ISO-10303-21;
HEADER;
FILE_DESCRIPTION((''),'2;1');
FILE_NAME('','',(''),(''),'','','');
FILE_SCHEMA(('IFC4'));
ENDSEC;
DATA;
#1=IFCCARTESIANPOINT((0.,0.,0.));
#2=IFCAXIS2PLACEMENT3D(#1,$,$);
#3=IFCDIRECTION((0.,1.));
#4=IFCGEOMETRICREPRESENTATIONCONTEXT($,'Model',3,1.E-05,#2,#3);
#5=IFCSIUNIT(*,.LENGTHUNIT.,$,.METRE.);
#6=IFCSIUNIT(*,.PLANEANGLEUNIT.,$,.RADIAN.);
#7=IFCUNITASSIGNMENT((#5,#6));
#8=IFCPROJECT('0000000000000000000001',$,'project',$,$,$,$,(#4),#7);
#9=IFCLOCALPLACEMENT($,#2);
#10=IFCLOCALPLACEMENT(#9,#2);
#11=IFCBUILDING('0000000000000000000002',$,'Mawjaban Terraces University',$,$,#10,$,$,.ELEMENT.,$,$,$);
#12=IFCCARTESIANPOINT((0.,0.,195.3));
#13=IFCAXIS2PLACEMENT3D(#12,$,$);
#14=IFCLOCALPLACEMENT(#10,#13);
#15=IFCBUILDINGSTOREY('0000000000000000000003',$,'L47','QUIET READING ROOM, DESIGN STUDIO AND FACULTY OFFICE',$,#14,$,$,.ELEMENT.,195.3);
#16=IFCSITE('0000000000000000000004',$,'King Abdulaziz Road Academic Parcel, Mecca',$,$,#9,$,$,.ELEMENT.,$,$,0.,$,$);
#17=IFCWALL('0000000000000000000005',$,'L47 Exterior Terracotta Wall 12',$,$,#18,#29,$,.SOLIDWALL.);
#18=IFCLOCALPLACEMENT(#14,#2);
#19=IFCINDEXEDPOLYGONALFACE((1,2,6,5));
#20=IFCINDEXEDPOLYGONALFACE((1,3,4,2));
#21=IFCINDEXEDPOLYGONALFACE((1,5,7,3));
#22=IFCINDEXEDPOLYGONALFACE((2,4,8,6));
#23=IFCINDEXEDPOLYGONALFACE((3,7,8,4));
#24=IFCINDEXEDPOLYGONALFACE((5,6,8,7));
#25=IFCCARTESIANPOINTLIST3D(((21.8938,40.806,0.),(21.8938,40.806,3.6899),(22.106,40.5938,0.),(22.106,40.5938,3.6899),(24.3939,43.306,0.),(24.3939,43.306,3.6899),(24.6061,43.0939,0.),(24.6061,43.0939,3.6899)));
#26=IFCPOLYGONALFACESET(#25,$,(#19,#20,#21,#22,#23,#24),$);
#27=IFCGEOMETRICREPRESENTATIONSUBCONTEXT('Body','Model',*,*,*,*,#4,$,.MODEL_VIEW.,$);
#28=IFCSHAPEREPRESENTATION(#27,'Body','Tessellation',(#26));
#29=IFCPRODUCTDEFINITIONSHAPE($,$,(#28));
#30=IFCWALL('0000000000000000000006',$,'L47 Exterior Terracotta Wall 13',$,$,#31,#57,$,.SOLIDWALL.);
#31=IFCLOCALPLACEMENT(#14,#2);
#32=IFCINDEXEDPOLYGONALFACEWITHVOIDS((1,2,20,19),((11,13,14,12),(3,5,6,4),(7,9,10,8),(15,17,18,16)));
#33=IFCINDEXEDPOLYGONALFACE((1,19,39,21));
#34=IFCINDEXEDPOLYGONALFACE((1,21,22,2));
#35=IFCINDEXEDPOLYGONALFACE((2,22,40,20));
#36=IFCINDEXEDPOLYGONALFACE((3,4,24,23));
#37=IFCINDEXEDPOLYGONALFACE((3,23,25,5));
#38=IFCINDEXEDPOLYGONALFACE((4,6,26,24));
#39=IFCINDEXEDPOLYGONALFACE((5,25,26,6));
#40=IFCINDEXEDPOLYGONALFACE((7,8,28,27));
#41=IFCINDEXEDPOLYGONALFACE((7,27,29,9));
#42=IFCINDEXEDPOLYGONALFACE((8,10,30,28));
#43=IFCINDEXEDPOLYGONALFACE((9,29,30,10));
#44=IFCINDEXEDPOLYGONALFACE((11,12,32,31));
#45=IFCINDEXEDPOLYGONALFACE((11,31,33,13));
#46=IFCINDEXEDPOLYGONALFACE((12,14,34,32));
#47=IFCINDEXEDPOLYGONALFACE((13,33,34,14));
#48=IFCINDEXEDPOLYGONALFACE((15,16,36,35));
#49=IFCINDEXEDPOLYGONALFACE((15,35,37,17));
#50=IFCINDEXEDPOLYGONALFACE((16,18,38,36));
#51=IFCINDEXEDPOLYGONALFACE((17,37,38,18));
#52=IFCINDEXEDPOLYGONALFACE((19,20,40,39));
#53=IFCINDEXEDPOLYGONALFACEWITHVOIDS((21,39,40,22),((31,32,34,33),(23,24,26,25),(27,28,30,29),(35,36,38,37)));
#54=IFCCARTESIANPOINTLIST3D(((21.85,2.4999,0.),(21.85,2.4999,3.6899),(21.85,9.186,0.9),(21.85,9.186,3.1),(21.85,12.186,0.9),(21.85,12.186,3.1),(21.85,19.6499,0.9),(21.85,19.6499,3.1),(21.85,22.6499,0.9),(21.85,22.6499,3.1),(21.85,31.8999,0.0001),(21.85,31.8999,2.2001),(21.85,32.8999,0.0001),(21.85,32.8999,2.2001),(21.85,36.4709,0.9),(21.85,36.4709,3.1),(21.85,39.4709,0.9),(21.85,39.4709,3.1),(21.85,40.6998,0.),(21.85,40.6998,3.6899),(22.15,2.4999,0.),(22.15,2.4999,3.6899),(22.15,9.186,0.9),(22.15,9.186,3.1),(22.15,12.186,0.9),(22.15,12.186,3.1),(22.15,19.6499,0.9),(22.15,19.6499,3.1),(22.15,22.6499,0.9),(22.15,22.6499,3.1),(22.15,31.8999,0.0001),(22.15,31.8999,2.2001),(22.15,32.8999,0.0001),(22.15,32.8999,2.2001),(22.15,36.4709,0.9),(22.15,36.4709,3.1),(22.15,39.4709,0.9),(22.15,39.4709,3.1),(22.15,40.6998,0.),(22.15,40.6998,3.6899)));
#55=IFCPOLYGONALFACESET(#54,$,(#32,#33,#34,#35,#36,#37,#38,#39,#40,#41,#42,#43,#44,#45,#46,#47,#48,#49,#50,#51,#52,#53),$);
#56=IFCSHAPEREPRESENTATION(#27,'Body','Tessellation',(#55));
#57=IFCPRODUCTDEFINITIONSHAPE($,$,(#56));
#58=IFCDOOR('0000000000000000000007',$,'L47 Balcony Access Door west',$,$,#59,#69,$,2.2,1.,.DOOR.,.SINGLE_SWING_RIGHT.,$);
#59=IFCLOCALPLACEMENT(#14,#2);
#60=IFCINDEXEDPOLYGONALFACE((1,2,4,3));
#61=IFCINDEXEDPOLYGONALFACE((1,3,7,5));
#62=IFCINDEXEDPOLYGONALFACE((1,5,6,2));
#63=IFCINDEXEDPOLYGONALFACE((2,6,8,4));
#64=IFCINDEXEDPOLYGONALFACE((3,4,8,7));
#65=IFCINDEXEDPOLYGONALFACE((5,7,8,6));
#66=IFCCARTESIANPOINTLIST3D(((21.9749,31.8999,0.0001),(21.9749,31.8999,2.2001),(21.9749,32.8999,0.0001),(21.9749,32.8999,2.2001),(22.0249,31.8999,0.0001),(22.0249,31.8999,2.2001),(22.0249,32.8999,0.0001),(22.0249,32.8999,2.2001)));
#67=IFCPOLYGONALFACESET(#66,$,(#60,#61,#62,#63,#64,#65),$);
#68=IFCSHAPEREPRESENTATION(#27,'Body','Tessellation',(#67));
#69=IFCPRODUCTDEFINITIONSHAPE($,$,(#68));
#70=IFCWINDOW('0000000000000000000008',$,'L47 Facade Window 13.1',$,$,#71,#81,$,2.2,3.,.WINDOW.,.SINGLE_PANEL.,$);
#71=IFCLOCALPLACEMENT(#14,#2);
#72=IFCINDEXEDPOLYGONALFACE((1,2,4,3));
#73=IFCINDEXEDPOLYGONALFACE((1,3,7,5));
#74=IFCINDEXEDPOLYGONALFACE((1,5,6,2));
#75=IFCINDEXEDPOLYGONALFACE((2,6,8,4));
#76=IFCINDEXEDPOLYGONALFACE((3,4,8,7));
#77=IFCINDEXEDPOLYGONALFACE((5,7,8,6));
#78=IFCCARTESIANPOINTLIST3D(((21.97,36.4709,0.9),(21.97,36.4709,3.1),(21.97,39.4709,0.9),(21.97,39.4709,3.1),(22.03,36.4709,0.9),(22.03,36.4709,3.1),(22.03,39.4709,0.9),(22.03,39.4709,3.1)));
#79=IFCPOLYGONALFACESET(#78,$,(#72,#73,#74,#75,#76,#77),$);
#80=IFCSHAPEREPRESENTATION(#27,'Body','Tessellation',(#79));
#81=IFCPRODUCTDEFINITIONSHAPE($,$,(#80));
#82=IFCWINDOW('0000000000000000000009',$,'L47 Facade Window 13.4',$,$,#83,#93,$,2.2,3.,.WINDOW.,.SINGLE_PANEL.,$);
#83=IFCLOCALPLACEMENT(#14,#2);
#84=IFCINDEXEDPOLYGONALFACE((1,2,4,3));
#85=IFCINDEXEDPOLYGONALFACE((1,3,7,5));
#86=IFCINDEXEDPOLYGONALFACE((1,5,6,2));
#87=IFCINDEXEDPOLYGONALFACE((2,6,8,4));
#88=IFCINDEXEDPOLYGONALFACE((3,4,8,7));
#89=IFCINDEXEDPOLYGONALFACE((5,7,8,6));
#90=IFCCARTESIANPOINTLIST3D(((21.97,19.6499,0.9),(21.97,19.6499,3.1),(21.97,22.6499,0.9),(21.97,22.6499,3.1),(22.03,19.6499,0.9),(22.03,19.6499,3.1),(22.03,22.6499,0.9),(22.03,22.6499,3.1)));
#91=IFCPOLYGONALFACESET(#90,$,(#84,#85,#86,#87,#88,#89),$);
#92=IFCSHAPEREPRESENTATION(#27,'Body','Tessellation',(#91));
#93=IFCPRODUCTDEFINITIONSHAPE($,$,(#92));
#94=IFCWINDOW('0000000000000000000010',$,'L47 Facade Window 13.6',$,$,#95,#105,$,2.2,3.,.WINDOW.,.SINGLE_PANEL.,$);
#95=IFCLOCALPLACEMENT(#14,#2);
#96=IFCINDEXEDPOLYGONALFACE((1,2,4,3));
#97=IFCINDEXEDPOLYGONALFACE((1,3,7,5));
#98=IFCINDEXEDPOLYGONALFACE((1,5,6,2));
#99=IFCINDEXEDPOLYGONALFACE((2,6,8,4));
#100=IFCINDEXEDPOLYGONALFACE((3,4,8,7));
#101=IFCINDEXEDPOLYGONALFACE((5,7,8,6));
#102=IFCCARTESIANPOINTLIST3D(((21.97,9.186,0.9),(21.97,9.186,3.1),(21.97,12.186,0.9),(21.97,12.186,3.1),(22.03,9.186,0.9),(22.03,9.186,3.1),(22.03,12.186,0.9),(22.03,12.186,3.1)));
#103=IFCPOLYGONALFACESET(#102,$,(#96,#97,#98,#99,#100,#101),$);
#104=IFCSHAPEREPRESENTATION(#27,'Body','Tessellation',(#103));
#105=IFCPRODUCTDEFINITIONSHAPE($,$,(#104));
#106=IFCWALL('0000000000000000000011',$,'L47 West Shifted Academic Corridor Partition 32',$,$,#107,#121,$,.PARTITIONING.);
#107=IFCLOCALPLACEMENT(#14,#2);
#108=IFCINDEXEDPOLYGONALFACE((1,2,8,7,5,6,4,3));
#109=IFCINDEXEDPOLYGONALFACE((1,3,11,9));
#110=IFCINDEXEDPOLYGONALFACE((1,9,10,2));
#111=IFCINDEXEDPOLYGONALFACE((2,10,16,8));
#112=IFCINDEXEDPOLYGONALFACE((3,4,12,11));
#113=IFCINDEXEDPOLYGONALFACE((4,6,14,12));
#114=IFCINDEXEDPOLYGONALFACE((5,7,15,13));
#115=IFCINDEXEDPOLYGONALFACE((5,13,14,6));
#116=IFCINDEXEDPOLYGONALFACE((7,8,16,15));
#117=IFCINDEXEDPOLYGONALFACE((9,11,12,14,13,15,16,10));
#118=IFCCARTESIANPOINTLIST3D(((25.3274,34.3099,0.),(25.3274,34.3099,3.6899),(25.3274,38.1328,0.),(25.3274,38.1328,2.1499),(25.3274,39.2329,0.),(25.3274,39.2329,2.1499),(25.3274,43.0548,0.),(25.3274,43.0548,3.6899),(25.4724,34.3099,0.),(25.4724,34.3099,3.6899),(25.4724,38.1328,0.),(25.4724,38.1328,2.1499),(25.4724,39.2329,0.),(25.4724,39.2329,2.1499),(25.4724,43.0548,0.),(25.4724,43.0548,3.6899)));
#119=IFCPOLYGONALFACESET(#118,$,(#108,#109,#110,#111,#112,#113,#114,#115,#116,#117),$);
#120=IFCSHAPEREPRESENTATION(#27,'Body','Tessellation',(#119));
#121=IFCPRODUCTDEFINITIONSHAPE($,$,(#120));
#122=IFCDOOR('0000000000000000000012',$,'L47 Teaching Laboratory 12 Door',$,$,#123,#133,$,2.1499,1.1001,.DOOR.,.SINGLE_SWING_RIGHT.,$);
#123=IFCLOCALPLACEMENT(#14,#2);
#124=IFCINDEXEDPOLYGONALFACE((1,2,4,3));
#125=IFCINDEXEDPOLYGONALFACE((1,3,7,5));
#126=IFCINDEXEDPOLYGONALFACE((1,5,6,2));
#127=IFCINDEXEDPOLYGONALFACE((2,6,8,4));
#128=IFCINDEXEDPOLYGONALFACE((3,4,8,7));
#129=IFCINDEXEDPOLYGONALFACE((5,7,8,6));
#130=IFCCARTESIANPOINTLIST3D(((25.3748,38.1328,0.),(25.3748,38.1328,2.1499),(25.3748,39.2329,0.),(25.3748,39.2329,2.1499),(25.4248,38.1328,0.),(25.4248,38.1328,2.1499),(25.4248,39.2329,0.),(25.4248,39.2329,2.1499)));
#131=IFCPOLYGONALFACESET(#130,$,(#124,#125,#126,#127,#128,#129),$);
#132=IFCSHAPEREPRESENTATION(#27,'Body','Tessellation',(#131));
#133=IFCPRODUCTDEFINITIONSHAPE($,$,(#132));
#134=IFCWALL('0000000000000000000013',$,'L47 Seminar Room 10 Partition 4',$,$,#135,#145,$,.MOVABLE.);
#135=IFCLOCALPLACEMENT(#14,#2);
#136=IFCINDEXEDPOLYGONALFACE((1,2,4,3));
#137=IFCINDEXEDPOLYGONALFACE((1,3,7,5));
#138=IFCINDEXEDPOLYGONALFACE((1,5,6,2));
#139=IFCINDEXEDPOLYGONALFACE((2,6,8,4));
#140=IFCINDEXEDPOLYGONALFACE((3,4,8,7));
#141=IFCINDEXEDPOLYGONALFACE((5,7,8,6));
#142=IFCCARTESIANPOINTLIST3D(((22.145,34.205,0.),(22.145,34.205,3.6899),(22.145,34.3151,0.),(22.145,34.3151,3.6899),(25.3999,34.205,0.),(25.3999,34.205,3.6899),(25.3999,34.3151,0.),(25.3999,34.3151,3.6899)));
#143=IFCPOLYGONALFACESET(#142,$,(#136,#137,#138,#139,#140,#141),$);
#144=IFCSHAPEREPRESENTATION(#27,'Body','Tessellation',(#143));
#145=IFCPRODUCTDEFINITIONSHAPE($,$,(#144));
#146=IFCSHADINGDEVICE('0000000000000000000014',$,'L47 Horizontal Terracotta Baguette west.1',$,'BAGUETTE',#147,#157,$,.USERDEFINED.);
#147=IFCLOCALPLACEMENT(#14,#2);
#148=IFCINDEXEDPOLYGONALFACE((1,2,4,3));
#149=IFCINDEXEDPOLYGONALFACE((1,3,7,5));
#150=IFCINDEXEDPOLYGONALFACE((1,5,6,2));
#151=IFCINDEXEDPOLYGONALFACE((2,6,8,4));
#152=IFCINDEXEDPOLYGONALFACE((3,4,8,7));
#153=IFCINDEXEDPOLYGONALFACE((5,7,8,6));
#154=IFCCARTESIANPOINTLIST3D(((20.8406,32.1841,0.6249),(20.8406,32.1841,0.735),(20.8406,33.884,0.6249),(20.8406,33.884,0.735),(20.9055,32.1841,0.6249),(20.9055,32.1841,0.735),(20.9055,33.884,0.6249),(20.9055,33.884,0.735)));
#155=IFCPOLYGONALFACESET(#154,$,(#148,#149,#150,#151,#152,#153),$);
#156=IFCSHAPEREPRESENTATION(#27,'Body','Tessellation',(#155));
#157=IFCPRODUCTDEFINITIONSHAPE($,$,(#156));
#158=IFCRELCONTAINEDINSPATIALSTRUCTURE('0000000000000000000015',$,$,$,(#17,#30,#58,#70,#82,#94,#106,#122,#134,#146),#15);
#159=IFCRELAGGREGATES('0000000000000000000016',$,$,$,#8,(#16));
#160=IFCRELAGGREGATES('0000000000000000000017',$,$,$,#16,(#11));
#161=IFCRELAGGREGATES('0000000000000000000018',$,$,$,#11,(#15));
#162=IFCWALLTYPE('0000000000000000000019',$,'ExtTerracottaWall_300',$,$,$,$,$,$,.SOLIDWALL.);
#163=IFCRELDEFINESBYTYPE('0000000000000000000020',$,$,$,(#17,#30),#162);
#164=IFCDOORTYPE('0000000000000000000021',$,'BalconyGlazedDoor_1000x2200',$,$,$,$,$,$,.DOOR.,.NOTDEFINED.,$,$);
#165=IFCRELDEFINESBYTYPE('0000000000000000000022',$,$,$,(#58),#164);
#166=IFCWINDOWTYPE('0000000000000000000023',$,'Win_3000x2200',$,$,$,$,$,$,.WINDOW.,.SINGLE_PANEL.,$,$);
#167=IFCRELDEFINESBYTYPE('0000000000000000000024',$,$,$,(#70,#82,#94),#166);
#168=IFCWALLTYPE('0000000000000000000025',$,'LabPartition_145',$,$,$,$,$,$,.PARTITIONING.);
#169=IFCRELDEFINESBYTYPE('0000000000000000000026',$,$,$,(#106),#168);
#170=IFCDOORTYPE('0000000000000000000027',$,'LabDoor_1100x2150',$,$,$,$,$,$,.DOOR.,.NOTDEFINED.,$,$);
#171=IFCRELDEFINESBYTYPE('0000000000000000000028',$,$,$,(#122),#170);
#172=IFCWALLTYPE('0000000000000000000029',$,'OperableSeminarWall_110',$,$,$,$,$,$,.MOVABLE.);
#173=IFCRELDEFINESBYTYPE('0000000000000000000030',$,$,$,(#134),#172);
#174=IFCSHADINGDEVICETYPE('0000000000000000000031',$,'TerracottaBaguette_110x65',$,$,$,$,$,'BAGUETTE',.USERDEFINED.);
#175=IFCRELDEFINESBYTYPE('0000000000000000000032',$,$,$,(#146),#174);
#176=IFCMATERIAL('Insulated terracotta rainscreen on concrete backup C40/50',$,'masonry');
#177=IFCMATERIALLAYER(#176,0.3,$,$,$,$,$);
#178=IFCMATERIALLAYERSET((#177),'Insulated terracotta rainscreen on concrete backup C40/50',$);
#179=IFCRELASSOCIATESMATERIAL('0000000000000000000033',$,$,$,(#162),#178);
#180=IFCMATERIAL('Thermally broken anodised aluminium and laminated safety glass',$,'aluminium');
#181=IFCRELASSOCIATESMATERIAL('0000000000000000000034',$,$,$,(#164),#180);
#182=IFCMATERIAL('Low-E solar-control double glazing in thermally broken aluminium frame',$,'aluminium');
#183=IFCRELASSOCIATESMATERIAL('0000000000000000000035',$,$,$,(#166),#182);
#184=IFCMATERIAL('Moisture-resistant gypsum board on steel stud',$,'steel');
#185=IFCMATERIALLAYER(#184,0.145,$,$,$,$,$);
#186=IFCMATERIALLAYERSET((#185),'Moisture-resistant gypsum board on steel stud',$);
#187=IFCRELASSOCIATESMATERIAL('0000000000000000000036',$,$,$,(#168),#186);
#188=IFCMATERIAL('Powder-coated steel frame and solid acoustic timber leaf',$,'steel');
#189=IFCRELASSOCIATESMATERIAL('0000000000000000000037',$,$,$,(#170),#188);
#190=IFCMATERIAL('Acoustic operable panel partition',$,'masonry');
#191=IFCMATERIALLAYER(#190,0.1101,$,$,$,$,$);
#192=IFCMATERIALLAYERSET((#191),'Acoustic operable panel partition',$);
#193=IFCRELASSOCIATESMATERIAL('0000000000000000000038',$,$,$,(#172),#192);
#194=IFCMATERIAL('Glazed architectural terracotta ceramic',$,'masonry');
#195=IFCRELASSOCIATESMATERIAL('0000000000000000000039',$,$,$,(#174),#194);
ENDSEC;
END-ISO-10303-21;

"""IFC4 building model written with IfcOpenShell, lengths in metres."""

from ifc_helpers import new_model, si_unit, direction, frame, frame_2d, origin, origin_2d, place, context, subcontext, project, spatial, rectangle, extrude, material, layer, layer_set, material_profile, profile_set, type_object, element, fill, save


model = new_model("IFC4")

# Units and contexts
model_context = context("Model", 3, precision=1e-05, world=origin(), true_north=direction((0.0, 1.0)))
body_context = subcontext(model_context, "Body", "Model", "MODEL_VIEW")
ifc_project = project(units=[si_unit("LENGTHUNIT", "METRE"), si_unit("PLANEANGLEUNIT", "RADIAN")], contexts=[model_context])

# Site, building, storey
site_placement = place(None, origin())
site = spatial("IfcSite", under=ifc_project, at=site_placement, Name="King Abdulaziz Road Academic Parcel, Mecca", CompositionType="ELEMENT", RefElevation=0.0)
building_placement = place(site_placement, origin())
building = spatial("IfcBuilding", under=site, at=building_placement, Name="Mawjaban Terraces University", CompositionType="ELEMENT")
storey_placement = place(building_placement, frame((0.0, 0.0, 195.3)))
storey = spatial("IfcBuildingStorey", under=building, at=storey_placement, Name="L47", Description="QUIET READING ROOM, DESIGN STUDIO AND FACULTY OFFICE", CompositionType="ELEMENT", Elevation=195.3)

# Shared definitions
ifc_material_1 = material(Name="Powder-coated steel frame and solid acoustic timber leaf", Category="steel")

# Wall
ifc_material_2 = material(Name="Insulated terracotta rainscreen on concrete backup C40/50", Category="masonry")
ifc_layer_1 = layer(ifc_material_2, 0.3)
ifc_layer_set_1 = layer_set([ifc_layer_1], Name="Insulated terracotta rainscreen on concrete backup C40/50")
wall_type_1 = type_object("IfcWallType", Name="ExtTerracottaWall_300", PredefinedType="SOLIDWALL", material=ifc_layer_set_1)
wall_1_placement = place(storey_placement, frame((24.5, 43.2, 0.0), z_axis=(0.0, 0.0, 1.0), x_axis=(-0.707107, -0.707107, 0.0)))
element("IfcWall", 1, at=wall_1_placement, inside=storey, type_object=wall_type_1, Name="L47 Exterior Terracotta Wall 12", PredefinedType="SOLIDWALL", context=body_context, shape_type="SweptSolid", body=[
    extrude(rectangle(XDim=3.5356, YDim=0.3, at=frame_2d((1.7678, 0.0))), origin(), (0.0, 0.0, 1.0), 3.6899),
])

# Wall, openings, door, windows
wall_2_placement = place(storey_placement, frame((22.0, 40.7, 0.0), z_axis=(0.0, 0.0, 1.0), x_axis=(0.0, -1.0, 0.0)))
wall_2 = element("IfcWall", 2, at=wall_2_placement, inside=storey, type_object=wall_type_1, Name="L47 Exterior Terracotta Wall 13", PredefinedType="SOLIDWALL", context=body_context, shape_type="SweptSolid", body=[
    extrude(rectangle(XDim=38.2, YDim=0.3, at=frame_2d((19.1001, 0.0))), origin(), (0.0, 0.0, 1.0), 3.6899),
])
opening_1_placement = place(wall_2_placement, frame((7.8, 0.0, 0.0)))
opening_1 = element("IfcOpeningElement", 3, at=opening_1_placement, cuts=wall_2, PredefinedType="OPENING", context=body_context, shape_type="SweptSolid", body=[
    extrude(rectangle(XDim=1.0, YDim=2.2, at=frame_2d((0.5, 1.1001))), frame((0.0, 0.1599, 0.0), z_axis=(0.0, -1.0, 0.0), x_axis=(1.0, 0.0, 0.0)), (0.0, 0.0, 1.0), 0.3201),
])
opening_2_placement = place(wall_2_placement, frame((1.229, 0.0, 0.8999)))
opening_2 = element("IfcOpeningElement", 4, at=opening_2_placement, cuts=wall_2, PredefinedType="OPENING", context=body_context, shape_type="SweptSolid", body=[
    extrude(rectangle(XDim=3.0, YDim=2.2, at=frame_2d((1.5, 1.1001))), frame((0.0, 0.1599, 0.0), z_axis=(0.0, -1.0, 0.0), x_axis=(1.0, 0.0, 0.0)), (0.0, 0.0, 1.0), 0.3201),
])
opening_3_placement = place(wall_2_placement, frame((18.05, 0.0, 0.8999)))
opening_3 = element("IfcOpeningElement", 5, at=opening_3_placement, cuts=wall_2, PredefinedType="OPENING", context=body_context, shape_type="SweptSolid", body=[
    extrude(rectangle(XDim=3.0, YDim=2.2, at=frame_2d((1.5, 1.1001))), frame((0.0, 0.1599, 0.0), z_axis=(0.0, -1.0, 0.0), x_axis=(1.0, 0.0, 0.0)), (0.0, 0.0, 1.0), 0.3201),
])
opening_4_placement = place(wall_2_placement, frame((28.5139, 0.0, 0.8999)))
opening_4 = element("IfcOpeningElement", 6, at=opening_4_placement, cuts=wall_2, PredefinedType="OPENING", context=body_context, shape_type="SweptSolid", body=[
    extrude(rectangle(XDim=3.0, YDim=2.2, at=frame_2d((1.5, 1.1001))), frame((0.0, 0.1599, 0.0), z_axis=(0.0, -1.0, 0.0), x_axis=(1.0, 0.0, 0.0)), (0.0, 0.0, 1.0), 0.3201),
])
ifc_material_3 = material(Name="Thermally broken anodised aluminium and laminated safety glass", Category="aluminium")
door_type_1 = type_object("IfcDoorType", Name="BalconyGlazedDoor_1000x2200", OperationType="NOTDEFINED", PredefinedType="DOOR", material=ifc_material_3)
door_1_placement = place(opening_1_placement, origin())
door_1 = element("IfcDoor", 7, at=door_1_placement, inside=storey, type_object=door_type_1, Name="L47 Balcony Access Door west", OperationType="SINGLE_SWING_RIGHT", OverallHeight=2.2, OverallWidth=1.0, PredefinedType="DOOR", context=body_context, shape_type="SweptSolid", body=[
    extrude(rectangle(XDim=1.0, YDim=2.2, at=frame_2d((0.5, 1.1001))), frame((0.0, 0.0249, 0.0), z_axis=(0.0, -1.0, 0.0), x_axis=(1.0, 0.0, 0.0)), (0.0, 0.0, 1.0), 0.05),
])
fill(opening_1, door_1)
ifc_material_4 = material(Name="Low-E solar-control double glazing in thermally broken aluminium frame", Category="aluminium")
window_type = type_object("IfcWindowType", Name="Win_3000x2200", PartitioningType="SINGLE_PANEL", PredefinedType="WINDOW", material=ifc_material_4)
window_1_placement = place(opening_2_placement, origin())
window_1 = element("IfcWindow", 8, at=window_1_placement, inside=storey, type_object=window_type, Name="L47 Facade Window 13.1", OverallHeight=2.2, OverallWidth=3.0, PartitioningType="SINGLE_PANEL", PredefinedType="WINDOW", context=body_context, shape_type="SweptSolid", body=[
    extrude(rectangle(XDim=3.0, YDim=2.2, at=frame_2d((1.5, 1.1001))), frame((0.0, 0.03, 0.0), z_axis=(0.0, -1.0, 0.0), x_axis=(1.0, 0.0, 0.0)), (0.0, 0.0, 1.0), 0.0601),
])
fill(opening_2, window_1)
window_2_placement = place(opening_3_placement, origin())
window_2 = element("IfcWindow", 9, at=window_2_placement, inside=storey, type_object=window_type, Name="L47 Facade Window 13.4", OverallHeight=2.2, OverallWidth=3.0, PartitioningType="SINGLE_PANEL", PredefinedType="WINDOW", context=body_context, shape_type="SweptSolid", body=[
    extrude(rectangle(XDim=3.0, YDim=2.2, at=frame_2d((1.5, 1.1001))), frame((0.0, 0.03, 0.0), z_axis=(0.0, -1.0, 0.0), x_axis=(1.0, 0.0, 0.0)), (0.0, 0.0, 1.0), 0.0601),
])
fill(opening_3, window_2)
window_3_placement = place(opening_4_placement, origin())
window_3 = element("IfcWindow", 10, at=window_3_placement, inside=storey, type_object=window_type, Name="L47 Facade Window 13.6", OverallHeight=2.2, OverallWidth=3.0, PartitioningType="SINGLE_PANEL", PredefinedType="WINDOW", context=body_context, shape_type="SweptSolid", body=[
    extrude(rectangle(XDim=3.0, YDim=2.2, at=frame_2d((1.5, 1.1001))), frame((0.0, 0.03, 0.0), z_axis=(0.0, -1.0, 0.0), x_axis=(1.0, 0.0, 0.0)), (0.0, 0.0, 1.0), 0.0601),
])
fill(opening_4, window_3)

# Wall, opening, door
ifc_material_5 = material(Name="Moisture-resistant gypsum board on steel stud", Category="steel")
ifc_layer_2 = layer(ifc_material_5, 0.145)
ifc_layer_set_2 = layer_set([ifc_layer_2], Name="Moisture-resistant gypsum board on steel stud")
wall_type_2 = type_object("IfcWallType", Name="LabPartition_145", PredefinedType="PARTITIONING", material=ifc_layer_set_2)
wall_3_placement = place(storey_placement, frame((25.3999, 43.0549, 0.0), z_axis=(0.0, 0.0, 1.0), x_axis=(0.0, -1.0, 0.0)))
wall_3 = element("IfcWall", 11, at=wall_3_placement, inside=storey, type_object=wall_type_2, Name="L47 West Shifted Academic Corridor Partition 32", PredefinedType="PARTITIONING", context=body_context, shape_type="SweptSolid", body=[
    extrude(rectangle(XDim=8.7449, YDim=0.145, at=frame_2d((4.3726, 0.0))), origin(), (0.0, 0.0, 1.0), 3.6899),
])
opening_5_placement = place(wall_3_placement, frame((3.822, 0.0, 0.0)))
opening_5 = element("IfcOpeningElement", 12, at=opening_5_placement, cuts=wall_3, PredefinedType="OPENING", context=body_context, shape_type="SweptSolid", body=[
    extrude(rectangle(XDim=1.1001, YDim=2.1499, at=frame_2d((0.55, 1.075))), frame((0.0, 0.0825, 0.0), z_axis=(0.0, -1.0, 0.0), x_axis=(1.0, 0.0, 0.0)), (0.0, 0.0, 1.0), 0.165),
])
door_type_2 = type_object("IfcDoorType", Name="LabDoor_1100x2150", OperationType="NOTDEFINED", PredefinedType="DOOR", material=ifc_material_1)
door_2_placement = place(opening_5_placement, origin())
door_2 = element("IfcDoor", 13, at=door_2_placement, inside=storey, type_object=door_type_2, Name="L47 Teaching Laboratory 12 Door", OperationType="SINGLE_SWING_RIGHT", OverallHeight=2.1499, OverallWidth=1.1001, PredefinedType="DOOR", context=body_context, shape_type="SweptSolid", body=[
    extrude(rectangle(XDim=1.1001, YDim=2.1499, at=frame_2d((0.55, 1.075))), frame((0.0, 0.0249, 0.0), z_axis=(0.0, -1.0, 0.0), x_axis=(1.0, 0.0, 0.0)), (0.0, 0.0, 1.0), 0.05),
])
fill(opening_5, door_2)

# Wall
ifc_material_6 = material(Name="Acoustic operable panel partition", Category="masonry")
ifc_layer_3 = layer(ifc_material_6, 0.1101)
ifc_layer_set_3 = layer_set([ifc_layer_3], Name="Acoustic operable panel partition")
wall_type_3 = type_object("IfcWallType", Name="OperableSeminarWall_110", PredefinedType="MOVABLE", material=ifc_layer_set_3)
wall_4_placement = place(storey_placement, frame((25.3999, 34.26, 0.0), z_axis=(0.0, 0.0, 1.0), x_axis=(-1.0, 0.0, 0.0)))
element("IfcWall", 14, at=wall_4_placement, inside=storey, type_object=wall_type_3, Name="L47 Seminar Room 10 Partition 4", PredefinedType="MOVABLE", context=body_context, shape_type="SweptSolid", body=[
    extrude(rectangle(XDim=3.2549, YDim=0.1101, at=frame_2d((1.6274, 0.0))), origin(), (0.0, 0.0, 1.0), 3.6899),
])

# Shading device
ifc_material_7 = material(Name="Glazed architectural terracotta ceramic", Category="masonry")
ifc_material_profile_1 = material_profile(ifc_material_7, rectangle(XDim=0.0649, YDim=0.1101, at=origin_2d()), Name="TBAG110X65")
ifc_profile_set_1 = profile_set([ifc_material_profile_1], Name="Glazed architectural terracotta ceramic")
shading_device_type_1 = type_object("IfcShadingDeviceType", Name="TerracottaBaguette_110x65", ElementType="BAGUETTE", PredefinedType="USERDEFINED", material=ifc_profile_set_1)
for number, where, z_axis, x_axis, name in (
    (15, (20.873, 32.1841, 0.6799), (0.0, 1.0, 0.0), (-1.0, 0.0, 0.0), "L47 Horizontal Terracotta Baguette west.1"),
):
    element("IfcShadingDevice", number, at=place(storey_placement, frame(where, z_axis=z_axis, x_axis=x_axis)), inside=storey, type_object=shading_device_type_1, Name=name, ObjectType="BAGUETTE", PredefinedType="USERDEFINED", context=body_context, shape_type="SweptSolid", body=[
        extrude(rectangle(XDim=0.0649, YDim=0.1101, at=origin_2d()), origin(), (0.0, 0.0, 1.0), 1.7),
    ])

save(model, "model.ifc")
